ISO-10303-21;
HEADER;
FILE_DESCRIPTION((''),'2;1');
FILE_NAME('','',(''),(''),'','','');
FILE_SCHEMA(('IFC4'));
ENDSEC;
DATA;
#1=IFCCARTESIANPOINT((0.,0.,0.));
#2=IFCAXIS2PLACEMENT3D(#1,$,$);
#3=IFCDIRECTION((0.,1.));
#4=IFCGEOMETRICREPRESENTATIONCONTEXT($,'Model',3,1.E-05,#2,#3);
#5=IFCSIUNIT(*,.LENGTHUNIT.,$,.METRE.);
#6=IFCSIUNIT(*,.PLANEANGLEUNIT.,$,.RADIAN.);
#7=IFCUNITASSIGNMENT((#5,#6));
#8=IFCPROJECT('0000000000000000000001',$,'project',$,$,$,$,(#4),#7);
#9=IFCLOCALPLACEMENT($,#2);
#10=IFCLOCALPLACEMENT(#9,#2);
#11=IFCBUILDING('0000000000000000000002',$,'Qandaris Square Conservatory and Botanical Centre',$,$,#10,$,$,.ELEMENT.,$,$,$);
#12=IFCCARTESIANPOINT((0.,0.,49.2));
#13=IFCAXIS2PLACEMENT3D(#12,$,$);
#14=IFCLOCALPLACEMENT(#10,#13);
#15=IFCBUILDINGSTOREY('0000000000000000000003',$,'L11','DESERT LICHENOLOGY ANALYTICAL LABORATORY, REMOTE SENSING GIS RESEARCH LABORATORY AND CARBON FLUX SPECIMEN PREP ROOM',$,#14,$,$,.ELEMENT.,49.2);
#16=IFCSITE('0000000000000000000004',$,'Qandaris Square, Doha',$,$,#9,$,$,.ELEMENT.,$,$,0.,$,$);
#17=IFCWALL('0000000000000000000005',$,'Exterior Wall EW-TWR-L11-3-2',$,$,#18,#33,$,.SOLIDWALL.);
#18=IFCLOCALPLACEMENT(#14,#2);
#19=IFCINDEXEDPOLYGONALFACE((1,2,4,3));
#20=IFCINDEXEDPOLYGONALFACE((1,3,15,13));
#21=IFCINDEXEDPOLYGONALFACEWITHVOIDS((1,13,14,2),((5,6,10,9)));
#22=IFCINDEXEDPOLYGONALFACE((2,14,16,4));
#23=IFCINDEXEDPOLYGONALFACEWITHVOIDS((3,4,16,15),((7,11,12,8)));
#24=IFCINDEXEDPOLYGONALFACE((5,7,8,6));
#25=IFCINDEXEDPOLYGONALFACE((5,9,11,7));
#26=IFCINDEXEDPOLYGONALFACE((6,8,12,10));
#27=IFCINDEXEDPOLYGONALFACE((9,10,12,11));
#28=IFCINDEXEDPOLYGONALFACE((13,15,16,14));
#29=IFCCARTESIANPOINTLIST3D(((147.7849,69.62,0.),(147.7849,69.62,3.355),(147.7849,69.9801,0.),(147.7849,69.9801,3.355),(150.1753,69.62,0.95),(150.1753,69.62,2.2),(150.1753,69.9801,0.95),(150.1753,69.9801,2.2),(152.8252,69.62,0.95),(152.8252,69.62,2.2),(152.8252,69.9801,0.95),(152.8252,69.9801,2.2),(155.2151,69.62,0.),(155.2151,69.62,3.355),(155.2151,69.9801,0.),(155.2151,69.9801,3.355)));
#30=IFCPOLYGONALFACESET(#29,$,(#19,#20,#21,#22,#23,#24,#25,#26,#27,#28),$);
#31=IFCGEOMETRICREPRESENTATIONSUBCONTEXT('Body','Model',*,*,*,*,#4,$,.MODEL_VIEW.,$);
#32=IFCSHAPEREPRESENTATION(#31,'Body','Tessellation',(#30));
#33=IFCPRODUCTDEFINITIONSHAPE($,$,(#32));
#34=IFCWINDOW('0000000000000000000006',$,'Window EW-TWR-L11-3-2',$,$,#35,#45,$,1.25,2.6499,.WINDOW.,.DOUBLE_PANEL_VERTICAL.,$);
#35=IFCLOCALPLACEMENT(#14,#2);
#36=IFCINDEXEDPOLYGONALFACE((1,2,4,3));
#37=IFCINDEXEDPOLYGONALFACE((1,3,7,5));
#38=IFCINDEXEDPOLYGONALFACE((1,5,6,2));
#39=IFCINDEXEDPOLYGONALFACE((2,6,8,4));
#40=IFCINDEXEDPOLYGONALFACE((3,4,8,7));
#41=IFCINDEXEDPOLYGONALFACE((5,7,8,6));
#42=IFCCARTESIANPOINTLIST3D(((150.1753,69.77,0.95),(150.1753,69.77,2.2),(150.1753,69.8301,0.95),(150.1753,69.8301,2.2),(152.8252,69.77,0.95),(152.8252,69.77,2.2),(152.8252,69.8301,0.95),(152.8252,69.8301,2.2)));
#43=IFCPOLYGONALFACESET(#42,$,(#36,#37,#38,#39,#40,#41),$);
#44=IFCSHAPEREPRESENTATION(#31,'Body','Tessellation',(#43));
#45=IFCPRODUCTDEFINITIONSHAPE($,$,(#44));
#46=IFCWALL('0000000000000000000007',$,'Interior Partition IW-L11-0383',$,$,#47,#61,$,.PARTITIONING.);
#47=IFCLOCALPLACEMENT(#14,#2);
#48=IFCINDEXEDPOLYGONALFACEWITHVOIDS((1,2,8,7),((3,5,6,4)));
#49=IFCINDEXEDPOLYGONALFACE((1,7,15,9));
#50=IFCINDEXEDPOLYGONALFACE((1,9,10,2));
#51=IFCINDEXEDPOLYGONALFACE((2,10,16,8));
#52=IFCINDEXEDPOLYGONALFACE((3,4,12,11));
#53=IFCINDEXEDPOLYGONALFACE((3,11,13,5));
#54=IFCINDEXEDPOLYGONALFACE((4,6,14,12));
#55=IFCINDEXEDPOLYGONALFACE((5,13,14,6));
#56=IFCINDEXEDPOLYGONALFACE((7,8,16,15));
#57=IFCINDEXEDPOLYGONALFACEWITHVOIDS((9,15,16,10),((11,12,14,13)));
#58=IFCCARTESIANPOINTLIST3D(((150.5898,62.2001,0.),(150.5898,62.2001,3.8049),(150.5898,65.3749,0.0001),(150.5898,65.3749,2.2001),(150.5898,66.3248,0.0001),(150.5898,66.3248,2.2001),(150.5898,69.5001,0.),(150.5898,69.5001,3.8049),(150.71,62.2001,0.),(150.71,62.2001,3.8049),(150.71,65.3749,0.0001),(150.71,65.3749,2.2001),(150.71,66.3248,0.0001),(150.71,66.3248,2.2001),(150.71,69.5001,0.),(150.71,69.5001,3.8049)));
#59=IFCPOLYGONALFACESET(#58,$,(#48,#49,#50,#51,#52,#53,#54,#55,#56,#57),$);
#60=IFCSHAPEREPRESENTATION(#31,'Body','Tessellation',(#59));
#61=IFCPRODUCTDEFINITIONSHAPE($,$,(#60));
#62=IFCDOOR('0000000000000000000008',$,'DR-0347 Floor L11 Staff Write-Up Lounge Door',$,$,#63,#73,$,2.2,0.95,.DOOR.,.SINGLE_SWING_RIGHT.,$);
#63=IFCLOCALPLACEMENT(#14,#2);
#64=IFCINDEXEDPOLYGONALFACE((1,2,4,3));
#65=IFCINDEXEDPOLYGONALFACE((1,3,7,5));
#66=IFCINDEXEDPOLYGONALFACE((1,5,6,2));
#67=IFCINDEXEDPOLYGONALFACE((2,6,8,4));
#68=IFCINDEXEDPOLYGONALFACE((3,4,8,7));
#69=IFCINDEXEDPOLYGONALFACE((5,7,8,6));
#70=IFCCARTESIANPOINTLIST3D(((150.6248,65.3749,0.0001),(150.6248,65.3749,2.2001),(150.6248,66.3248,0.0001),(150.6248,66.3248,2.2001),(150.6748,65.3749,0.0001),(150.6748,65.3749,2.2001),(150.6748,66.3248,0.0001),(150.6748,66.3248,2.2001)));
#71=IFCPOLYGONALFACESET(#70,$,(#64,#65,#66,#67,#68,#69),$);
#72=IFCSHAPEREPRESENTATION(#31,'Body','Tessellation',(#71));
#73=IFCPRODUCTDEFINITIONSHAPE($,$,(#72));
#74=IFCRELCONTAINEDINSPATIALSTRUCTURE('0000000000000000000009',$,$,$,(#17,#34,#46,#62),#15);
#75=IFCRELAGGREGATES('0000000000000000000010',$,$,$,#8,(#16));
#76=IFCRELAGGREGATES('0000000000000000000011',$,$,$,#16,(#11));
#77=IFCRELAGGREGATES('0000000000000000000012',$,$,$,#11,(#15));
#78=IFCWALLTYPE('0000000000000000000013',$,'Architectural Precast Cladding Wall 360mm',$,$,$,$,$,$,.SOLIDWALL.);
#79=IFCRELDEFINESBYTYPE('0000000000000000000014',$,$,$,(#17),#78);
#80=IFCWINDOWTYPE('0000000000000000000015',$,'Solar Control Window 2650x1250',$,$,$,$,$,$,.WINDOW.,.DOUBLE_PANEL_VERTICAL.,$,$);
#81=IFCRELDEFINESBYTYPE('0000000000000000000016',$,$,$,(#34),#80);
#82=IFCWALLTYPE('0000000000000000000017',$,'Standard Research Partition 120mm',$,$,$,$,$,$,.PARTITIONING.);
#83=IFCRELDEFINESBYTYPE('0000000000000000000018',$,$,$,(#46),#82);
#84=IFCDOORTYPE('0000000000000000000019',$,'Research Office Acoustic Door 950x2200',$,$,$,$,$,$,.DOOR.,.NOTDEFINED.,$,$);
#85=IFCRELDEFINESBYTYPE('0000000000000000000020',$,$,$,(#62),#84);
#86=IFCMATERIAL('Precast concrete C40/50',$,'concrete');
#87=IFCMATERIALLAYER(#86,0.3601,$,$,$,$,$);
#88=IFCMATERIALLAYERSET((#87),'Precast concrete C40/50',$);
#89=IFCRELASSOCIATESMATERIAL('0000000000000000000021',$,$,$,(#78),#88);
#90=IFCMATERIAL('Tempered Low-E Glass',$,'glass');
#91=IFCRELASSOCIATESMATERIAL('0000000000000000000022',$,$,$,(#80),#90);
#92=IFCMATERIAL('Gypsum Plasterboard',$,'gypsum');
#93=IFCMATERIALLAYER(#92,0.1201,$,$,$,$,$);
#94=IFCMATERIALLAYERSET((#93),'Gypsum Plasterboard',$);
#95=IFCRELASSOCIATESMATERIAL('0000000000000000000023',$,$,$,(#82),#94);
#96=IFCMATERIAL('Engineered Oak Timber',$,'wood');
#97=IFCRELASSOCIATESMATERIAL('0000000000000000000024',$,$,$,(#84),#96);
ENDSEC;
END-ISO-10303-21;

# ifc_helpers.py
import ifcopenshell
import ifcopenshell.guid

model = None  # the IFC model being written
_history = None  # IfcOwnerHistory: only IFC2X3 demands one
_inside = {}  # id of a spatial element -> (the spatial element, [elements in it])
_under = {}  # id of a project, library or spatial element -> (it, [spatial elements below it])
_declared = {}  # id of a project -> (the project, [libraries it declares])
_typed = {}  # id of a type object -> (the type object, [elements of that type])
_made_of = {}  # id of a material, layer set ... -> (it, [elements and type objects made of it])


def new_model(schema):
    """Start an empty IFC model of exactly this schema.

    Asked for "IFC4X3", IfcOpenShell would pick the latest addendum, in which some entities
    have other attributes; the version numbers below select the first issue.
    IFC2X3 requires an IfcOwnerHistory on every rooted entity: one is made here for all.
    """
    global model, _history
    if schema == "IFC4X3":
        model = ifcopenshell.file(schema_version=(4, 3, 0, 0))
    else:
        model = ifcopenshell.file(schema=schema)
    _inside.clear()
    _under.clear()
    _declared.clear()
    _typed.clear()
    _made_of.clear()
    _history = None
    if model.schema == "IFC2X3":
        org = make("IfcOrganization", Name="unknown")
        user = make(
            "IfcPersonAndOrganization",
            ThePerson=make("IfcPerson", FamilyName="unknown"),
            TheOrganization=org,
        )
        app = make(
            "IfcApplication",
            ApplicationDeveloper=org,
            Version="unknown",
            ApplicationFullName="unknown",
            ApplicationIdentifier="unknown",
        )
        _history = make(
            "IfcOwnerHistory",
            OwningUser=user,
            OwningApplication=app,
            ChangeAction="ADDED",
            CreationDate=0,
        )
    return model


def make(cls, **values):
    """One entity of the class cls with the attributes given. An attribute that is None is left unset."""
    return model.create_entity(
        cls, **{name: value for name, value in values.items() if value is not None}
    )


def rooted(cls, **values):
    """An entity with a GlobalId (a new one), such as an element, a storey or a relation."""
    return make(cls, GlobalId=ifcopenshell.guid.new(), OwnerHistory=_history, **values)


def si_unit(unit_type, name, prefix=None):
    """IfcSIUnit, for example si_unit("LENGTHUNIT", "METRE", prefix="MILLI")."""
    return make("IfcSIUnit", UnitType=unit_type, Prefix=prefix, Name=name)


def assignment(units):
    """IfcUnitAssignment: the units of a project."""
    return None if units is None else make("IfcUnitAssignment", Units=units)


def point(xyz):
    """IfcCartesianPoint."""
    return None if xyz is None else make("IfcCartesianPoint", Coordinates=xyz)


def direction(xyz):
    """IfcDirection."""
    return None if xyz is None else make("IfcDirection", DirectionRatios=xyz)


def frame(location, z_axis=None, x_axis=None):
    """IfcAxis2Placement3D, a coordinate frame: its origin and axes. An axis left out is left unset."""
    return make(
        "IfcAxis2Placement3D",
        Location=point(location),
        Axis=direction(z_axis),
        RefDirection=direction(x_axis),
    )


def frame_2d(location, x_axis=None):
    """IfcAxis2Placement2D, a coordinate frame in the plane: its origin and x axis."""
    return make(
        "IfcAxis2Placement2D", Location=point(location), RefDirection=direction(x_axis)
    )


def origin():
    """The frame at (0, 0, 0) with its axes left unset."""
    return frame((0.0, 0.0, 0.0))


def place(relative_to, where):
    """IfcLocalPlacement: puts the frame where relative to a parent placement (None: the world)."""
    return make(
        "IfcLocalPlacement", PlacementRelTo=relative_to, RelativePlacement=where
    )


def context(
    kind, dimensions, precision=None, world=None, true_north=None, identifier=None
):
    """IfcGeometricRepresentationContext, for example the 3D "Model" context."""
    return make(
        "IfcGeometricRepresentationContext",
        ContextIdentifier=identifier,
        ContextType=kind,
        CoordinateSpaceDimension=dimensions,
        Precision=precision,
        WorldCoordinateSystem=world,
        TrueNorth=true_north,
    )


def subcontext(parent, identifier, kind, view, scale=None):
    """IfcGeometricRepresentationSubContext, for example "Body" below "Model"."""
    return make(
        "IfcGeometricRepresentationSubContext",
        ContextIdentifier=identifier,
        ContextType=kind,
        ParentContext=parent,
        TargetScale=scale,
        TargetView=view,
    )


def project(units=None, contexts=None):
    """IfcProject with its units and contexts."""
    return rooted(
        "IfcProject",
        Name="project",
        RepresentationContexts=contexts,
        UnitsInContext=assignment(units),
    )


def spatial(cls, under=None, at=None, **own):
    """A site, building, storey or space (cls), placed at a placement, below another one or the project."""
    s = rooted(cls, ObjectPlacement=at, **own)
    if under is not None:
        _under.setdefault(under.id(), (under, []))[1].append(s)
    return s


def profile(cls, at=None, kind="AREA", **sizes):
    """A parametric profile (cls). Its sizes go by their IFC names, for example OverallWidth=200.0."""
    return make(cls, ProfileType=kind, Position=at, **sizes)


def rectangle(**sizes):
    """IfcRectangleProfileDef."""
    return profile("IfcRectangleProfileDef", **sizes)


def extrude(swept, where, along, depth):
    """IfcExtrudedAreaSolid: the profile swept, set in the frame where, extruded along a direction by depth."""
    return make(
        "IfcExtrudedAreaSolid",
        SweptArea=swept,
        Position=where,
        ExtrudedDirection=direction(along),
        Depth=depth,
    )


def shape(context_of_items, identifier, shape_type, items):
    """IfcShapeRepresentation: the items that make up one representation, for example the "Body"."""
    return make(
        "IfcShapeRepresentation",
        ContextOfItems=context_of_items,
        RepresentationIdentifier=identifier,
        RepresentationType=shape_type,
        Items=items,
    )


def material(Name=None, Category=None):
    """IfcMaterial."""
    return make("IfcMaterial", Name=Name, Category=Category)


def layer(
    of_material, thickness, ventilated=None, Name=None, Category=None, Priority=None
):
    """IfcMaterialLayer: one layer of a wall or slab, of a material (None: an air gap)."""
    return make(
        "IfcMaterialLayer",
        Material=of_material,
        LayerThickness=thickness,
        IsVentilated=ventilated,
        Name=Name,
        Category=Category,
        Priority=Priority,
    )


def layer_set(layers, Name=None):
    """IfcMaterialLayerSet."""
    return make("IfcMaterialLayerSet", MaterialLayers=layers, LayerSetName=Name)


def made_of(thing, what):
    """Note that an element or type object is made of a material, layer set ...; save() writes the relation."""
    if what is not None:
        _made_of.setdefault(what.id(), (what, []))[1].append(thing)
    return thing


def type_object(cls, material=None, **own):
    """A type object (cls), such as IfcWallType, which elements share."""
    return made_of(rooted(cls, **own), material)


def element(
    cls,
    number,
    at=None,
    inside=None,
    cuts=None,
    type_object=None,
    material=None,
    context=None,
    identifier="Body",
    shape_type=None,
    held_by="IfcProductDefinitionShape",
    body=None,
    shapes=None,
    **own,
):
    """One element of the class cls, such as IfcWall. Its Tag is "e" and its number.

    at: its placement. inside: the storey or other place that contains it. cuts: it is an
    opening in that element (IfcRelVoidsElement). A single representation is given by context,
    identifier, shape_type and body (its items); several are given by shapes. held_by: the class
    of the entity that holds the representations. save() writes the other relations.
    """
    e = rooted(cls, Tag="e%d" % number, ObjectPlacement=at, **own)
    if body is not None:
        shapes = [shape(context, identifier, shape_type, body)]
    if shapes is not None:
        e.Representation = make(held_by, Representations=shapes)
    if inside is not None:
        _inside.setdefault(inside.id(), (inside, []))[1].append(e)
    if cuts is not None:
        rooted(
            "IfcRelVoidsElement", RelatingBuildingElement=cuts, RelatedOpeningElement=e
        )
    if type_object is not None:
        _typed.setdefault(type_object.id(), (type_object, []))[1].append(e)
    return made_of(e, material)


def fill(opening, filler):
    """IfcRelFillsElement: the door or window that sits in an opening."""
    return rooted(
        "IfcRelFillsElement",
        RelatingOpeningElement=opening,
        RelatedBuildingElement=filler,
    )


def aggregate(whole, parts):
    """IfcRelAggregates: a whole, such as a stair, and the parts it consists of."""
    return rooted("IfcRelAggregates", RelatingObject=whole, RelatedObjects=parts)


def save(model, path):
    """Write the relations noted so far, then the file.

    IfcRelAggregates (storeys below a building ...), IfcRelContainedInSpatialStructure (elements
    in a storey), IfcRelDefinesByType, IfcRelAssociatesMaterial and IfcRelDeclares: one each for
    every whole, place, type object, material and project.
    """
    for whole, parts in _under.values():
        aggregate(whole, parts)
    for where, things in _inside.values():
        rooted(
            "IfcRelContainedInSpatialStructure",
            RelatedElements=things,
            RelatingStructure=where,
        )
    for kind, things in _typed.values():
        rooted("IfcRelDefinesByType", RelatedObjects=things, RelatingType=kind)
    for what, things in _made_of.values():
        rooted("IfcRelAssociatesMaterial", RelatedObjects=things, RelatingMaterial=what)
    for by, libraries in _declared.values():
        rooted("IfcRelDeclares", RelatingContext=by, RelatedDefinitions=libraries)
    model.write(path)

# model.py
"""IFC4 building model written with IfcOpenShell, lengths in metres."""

from ifc_helpers import new_model, si_unit, direction, frame, frame_2d, origin, place, context, subcontext, project, spatial, rectangle, extrude, material, layer, layer_set, type_object, element, fill, save


model = new_model("IFC4")

# Units and contexts
model_context = context("Model", 3, precision=1e-05, world=origin(), true_north=direction((0.0, 1.0)))
body_context = subcontext(model_context, "Body", "Model", "MODEL_VIEW")
ifc_project = project(units=[si_unit("LENGTHUNIT", "METRE"), si_unit("PLANEANGLEUNIT", "RADIAN")], contexts=[model_context])

# Site, building, storey
site_placement = place(None, origin())
site = spatial("IfcSite", under=ifc_project, at=site_placement, Name="Qandaris Square, Doha", CompositionType="ELEMENT", RefElevation=0.0)
building_placement = place(site_placement, origin())
building = spatial("IfcBuilding", under=site, at=building_placement, Name="Qandaris Square Conservatory and Botanical Centre", CompositionType="ELEMENT")
storey_placement = place(building_placement, frame((0.0, 0.0, 49.2)))
storey = spatial("IfcBuildingStorey", under=building, at=storey_placement, Name="L11", Description="DESERT LICHENOLOGY ANALYTICAL LABORATORY, REMOTE SENSING GIS RESEARCH LABORATORY AND CARBON FLUX SPECIMEN PREP ROOM", CompositionType="ELEMENT", Elevation=49.2)

# Shared definitions
ifc_material_1 = material(Name="Tempered Low-E Glass", Category="glass")

# Shared definitions
ifc_material_2 = material(Name="Gypsum Plasterboard", Category="gypsum")

# Wall, opening, window
ifc_material_3 = material(Name="Precast concrete C40/50", Category="concrete")
ifc_layer_1 = layer(ifc_material_3, 0.3601)
ifc_layer_set_1 = layer_set([ifc_layer_1], Name="Precast concrete C40/50")
wall_type_1 = type_object("IfcWallType", Name="Architectural Precast Cladding Wall 360mm", PredefinedType="SOLIDWALL", material=ifc_layer_set_1)
wall_1_placement = place(storey_placement, frame((155.2151, 69.8, 0.0), z_axis=(0.0, 0.0, 1.0), x_axis=(-1.0, 0.0, 0.0)))
wall_1 = element("IfcWall", 1, at=wall_1_placement, inside=storey, type_object=wall_type_1, Name="Exterior Wall EW-TWR-L11-3-2", PredefinedType="SOLIDWALL", context=body_context, shape_type="SweptSolid", body=[
    extrude(rectangle(XDim=7.4302, YDim=0.3601, at=frame_2d((3.7151, 0.0))), origin(), (0.0, 0.0, 1.0), 3.355),
])
opening_1_placement = place(wall_1_placement, frame((2.3899, 0.0, 0.95)))
opening_1 = element("IfcOpeningElement", 2, at=opening_1_placement, cuts=wall_1, PredefinedType="OPENING", context=body_context, shape_type="SweptSolid", body=[
    extrude(rectangle(XDim=2.6499, YDim=1.25, at=frame_2d((1.325, 0.625))), frame((0.0, 0.1919, 0.0), z_axis=(0.0, -1.0, 0.0), x_axis=(1.0, 0.0, 0.0)), (0.0, 0.0, 1.0), 0.384),
])
window_type = type_object("IfcWindowType", Name="Solar Control Window 2650x1250", PartitioningType="DOUBLE_PANEL_VERTICAL", PredefinedType="WINDOW", material=ifc_material_1)
window_placement = place(opening_1_placement, origin())
window = element("IfcWindow", 3, at=window_placement, inside=storey, type_object=window_type, Name="Window EW-TWR-L11-3-2", OverallHeight=1.25, OverallWidth=2.6499, PartitioningType="DOUBLE_PANEL_VERTICAL", PredefinedType="WINDOW", context=body_context, shape_type="SweptSolid", body=[
    extrude(rectangle(XDim=2.6499, YDim=1.25, at=frame_2d((1.325, 0.625))), frame((0.0, 0.03, 0.0), z_axis=(0.0, -1.0, 0.0), x_axis=(1.0, 0.0, 0.0)), (0.0, 0.0, 1.0), 0.0601),
])
fill(opening_1, window)

# Wall, opening, door
ifc_layer_2 = layer(ifc_material_2, 0.1201)
ifc_layer_set_2 = layer_set([ifc_layer_2], Name="Gypsum Plasterboard")
wall_type_2 = type_object("IfcWallType", Name="Standard Research Partition 120mm", PredefinedType="PARTITIONING", material=ifc_layer_set_2)
wall_2_placement = place(storey_placement, frame((150.6499, 69.5, 0.0), z_axis=(0.0, 0.0, 1.0), x_axis=(0.0, -1.0, 0.0)))
wall_2 = element("IfcWall", 4, at=wall_2_placement, inside=storey, type_object=wall_type_2, Name="Interior Partition IW-L11-0383", PredefinedType="PARTITIONING", context=body_context, shape_type="SweptSolid", body=[
    extrude(rectangle(XDim=7.3, YDim=0.1201, at=frame_2d((3.6499, 0.0))), origin(), (0.0, 0.0, 1.0), 3.8049),
])
opening_2_placement = place(wall_2_placement, frame((3.175, 0.0, 0.0)))
opening_2 = element("IfcOpeningElement", 5, at=opening_2_placement, cuts=wall_2, PredefinedType="OPENING", context=body_context, shape_type="SweptSolid", body=[
    extrude(rectangle(XDim=0.95, YDim=2.2, at=frame_2d((0.4751, 1.1001))), frame((0.0, 0.072, 0.0), z_axis=(0.0, -1.0, 0.0), x_axis=(1.0, 0.0, 0.0)), (0.0, 0.0, 1.0), 0.144),
])
ifc_material_4 = material(Name="Engineered Oak Timber", Category="wood")
door_type = type_object("IfcDoorType", Name="Research Office Acoustic Door 950x2200", OperationType="NOTDEFINED", PredefinedType="DOOR", material=ifc_material_4)
door_placement = place(opening_2_placement, origin())
door = element("IfcDoor", 6, at=door_placement, inside=storey, type_object=door_type, Name="DR-0347 Floor L11 Staff Write-Up Lounge Door", OperationType="SINGLE_SWING_RIGHT", OverallHeight=2.2, OverallWidth=0.95, PredefinedType="DOOR", context=body_context, shape_type="SweptSolid", body=[
    extrude(rectangle(XDim=0.95, YDim=2.2, at=frame_2d((0.4751, 1.1001))), frame((0.0, 0.0249, 0.0), z_axis=(0.0, -1.0, 0.0), x_axis=(1.0, 0.0, 0.0)), (0.0, 0.0, 1.0), 0.05),
])
fill(opening_2, door)

save(model, "model.ifc")
